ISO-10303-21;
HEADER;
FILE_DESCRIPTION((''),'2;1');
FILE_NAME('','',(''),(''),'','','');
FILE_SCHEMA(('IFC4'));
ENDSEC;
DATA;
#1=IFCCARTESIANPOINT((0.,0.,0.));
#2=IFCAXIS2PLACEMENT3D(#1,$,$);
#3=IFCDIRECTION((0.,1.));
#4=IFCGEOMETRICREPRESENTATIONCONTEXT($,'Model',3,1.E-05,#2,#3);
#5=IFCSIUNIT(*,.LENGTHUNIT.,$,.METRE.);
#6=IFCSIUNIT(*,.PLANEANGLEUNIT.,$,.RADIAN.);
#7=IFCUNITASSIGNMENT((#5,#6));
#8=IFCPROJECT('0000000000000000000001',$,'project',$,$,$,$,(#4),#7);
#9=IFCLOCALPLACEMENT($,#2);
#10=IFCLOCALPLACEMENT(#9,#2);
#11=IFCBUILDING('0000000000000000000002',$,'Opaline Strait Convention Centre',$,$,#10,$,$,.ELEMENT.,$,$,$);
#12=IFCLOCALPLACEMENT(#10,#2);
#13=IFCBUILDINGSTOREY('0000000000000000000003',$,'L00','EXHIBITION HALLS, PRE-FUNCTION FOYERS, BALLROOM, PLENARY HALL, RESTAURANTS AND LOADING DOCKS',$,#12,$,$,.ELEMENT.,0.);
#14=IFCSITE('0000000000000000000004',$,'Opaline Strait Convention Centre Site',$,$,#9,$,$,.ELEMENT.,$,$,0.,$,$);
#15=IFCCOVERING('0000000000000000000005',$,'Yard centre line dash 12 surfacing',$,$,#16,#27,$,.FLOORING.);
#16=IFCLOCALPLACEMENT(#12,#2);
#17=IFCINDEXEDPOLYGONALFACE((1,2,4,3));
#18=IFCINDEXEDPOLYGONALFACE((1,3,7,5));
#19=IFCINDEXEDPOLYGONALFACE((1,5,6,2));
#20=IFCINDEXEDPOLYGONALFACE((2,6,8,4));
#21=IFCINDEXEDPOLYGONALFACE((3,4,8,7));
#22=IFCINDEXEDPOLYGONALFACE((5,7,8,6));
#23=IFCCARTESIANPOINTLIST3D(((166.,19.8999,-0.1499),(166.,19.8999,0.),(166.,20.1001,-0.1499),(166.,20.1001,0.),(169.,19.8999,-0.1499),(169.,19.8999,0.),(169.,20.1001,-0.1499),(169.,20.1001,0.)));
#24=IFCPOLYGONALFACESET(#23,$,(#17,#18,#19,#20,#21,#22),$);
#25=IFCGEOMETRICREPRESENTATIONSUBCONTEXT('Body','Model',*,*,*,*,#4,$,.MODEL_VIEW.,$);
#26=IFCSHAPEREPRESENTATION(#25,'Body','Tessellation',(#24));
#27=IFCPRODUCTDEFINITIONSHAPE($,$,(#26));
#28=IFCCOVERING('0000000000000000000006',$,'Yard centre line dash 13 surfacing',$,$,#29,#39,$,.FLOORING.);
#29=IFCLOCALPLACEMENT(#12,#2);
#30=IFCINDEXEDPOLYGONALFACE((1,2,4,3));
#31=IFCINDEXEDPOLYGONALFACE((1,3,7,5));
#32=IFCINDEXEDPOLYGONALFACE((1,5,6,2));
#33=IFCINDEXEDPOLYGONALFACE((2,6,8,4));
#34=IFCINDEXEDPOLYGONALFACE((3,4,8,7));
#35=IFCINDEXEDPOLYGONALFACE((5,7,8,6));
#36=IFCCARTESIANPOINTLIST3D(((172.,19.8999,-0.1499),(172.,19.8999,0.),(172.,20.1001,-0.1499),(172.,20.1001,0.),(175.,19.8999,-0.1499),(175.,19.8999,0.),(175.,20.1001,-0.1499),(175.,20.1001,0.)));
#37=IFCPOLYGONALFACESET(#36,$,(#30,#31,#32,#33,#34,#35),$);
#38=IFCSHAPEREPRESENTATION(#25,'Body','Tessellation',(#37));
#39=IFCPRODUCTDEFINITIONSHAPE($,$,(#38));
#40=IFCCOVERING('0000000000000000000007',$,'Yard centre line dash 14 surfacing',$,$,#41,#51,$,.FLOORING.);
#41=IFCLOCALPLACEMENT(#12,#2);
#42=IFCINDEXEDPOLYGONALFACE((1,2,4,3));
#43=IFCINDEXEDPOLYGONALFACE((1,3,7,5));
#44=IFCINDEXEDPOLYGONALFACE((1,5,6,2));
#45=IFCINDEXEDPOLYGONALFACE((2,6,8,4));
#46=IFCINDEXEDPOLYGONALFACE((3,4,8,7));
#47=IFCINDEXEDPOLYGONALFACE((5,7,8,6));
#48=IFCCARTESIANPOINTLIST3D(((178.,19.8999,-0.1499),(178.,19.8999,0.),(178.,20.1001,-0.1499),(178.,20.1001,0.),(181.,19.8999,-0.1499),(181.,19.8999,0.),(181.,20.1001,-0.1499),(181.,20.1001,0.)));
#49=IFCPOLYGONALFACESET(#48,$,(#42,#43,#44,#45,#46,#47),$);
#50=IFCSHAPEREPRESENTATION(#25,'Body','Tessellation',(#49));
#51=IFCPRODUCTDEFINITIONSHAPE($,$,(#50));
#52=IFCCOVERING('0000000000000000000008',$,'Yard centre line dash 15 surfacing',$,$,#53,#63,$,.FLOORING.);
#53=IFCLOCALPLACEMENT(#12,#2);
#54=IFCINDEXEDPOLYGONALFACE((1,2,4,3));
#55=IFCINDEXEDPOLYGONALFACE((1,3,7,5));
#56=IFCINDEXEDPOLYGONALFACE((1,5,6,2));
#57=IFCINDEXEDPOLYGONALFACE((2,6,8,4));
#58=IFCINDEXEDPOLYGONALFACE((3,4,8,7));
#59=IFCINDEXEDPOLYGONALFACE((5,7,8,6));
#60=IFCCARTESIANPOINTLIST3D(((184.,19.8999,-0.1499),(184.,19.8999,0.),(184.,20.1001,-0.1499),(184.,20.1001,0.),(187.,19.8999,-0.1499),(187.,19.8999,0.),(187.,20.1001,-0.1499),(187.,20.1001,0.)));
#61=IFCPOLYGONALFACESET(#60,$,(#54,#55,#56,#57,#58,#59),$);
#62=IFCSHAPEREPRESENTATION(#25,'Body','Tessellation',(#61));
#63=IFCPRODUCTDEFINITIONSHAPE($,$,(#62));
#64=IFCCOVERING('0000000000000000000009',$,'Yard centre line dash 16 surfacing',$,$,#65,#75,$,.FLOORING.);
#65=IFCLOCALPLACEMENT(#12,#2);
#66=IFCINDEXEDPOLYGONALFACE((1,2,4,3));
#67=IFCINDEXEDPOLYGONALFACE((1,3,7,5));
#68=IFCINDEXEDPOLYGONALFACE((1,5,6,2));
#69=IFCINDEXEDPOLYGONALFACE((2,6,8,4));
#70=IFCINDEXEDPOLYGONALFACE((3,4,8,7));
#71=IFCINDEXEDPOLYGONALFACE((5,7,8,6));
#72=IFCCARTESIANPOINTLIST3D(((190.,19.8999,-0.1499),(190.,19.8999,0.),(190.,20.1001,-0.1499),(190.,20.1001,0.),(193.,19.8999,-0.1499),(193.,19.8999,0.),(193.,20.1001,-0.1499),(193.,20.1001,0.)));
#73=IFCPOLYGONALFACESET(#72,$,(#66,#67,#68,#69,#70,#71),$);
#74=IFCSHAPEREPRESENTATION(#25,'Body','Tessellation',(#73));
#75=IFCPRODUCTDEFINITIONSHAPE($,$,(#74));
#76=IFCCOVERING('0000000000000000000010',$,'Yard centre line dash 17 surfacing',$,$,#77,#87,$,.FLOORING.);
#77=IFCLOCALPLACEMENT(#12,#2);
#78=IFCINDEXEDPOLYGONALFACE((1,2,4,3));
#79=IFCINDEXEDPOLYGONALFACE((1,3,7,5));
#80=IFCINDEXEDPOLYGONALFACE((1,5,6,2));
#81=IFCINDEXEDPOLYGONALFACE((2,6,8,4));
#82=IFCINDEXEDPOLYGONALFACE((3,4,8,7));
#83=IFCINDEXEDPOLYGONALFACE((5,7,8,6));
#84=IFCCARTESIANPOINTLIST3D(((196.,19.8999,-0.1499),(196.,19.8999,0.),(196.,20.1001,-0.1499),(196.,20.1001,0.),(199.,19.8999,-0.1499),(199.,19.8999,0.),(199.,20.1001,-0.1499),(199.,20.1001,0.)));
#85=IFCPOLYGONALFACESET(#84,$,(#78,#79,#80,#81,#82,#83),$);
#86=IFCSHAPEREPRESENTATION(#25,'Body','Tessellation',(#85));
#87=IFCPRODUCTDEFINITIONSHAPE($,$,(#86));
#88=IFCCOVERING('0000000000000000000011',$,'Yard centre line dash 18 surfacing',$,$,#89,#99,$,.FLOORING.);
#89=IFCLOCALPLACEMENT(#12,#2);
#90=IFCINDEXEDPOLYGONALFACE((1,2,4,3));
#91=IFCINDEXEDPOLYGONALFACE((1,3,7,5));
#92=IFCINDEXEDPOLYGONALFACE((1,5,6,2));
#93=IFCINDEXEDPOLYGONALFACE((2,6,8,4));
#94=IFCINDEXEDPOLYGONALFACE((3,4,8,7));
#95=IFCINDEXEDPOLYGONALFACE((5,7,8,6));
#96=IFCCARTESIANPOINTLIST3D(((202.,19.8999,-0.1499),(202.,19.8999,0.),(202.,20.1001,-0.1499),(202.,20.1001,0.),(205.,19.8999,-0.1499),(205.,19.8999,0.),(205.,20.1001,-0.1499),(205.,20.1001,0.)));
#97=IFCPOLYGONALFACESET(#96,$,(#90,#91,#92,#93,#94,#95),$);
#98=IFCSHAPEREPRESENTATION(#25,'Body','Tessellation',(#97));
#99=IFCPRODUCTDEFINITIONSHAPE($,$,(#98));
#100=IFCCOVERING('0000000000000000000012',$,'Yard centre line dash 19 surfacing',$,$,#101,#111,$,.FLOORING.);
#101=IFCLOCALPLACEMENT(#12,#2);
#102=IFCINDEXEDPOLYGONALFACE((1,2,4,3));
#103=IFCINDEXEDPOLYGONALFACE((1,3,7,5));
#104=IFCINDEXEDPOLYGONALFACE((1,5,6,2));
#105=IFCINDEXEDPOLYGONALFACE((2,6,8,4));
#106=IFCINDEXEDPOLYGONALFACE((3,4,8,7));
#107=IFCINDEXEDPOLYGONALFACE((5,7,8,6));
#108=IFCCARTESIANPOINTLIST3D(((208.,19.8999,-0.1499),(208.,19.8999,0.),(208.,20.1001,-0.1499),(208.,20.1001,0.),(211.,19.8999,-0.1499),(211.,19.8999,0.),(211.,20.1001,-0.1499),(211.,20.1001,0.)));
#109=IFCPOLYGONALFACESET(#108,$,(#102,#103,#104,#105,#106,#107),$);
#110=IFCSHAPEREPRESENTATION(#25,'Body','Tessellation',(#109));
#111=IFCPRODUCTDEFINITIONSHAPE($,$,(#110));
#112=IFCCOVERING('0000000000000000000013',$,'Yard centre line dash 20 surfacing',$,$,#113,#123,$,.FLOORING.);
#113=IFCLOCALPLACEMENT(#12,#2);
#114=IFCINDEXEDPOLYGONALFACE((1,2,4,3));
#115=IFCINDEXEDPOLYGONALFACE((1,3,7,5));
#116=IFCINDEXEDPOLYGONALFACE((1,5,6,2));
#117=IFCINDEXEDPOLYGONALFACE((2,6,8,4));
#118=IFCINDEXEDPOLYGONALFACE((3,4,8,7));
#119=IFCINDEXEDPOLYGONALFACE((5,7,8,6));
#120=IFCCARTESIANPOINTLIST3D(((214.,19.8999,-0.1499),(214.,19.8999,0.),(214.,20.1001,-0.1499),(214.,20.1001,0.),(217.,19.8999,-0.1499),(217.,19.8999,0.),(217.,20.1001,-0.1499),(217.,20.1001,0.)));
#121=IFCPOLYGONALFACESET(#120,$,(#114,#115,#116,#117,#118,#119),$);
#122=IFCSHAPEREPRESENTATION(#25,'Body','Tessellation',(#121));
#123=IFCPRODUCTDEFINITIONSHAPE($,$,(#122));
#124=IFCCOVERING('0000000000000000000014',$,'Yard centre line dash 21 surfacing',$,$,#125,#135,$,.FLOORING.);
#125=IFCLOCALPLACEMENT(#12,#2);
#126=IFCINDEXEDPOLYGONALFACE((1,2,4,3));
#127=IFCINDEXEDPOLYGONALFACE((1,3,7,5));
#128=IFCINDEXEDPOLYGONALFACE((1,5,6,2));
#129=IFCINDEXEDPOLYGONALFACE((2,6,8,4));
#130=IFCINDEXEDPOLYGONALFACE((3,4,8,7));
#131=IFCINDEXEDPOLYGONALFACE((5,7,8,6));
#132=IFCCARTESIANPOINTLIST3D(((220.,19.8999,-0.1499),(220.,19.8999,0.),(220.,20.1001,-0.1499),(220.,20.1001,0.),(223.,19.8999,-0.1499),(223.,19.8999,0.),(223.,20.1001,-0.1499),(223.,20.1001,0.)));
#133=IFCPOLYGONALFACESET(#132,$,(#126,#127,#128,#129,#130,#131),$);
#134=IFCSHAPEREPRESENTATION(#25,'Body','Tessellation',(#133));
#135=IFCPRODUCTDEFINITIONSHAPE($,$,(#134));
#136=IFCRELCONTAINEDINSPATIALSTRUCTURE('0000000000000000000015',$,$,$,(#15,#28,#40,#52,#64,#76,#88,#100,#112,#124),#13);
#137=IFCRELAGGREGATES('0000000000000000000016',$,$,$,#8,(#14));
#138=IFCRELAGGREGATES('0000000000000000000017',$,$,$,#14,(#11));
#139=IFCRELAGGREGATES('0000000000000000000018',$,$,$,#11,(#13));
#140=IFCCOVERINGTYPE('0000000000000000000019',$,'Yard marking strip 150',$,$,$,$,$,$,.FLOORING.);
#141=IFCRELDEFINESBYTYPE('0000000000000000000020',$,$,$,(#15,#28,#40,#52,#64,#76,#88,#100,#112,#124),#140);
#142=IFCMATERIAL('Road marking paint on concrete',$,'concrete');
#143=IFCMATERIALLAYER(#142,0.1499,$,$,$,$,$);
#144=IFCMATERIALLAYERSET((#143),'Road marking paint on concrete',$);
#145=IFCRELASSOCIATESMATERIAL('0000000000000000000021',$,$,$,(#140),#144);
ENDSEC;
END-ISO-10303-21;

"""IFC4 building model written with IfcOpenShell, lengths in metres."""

from ifc_helpers import new_model, si_unit, direction, frame, origin, place, context, subcontext, project, spatial, polyline, outline, extrude, material, layer, layer_set, type_object, element, save


model = new_model("IFC4")

# Units and contexts
model_context = context("Model", 3, precision=1e-05, world=origin(), true_north=direction((0.0, 1.0)))
body_context = subcontext(model_context, "Body", "Model", "MODEL_VIEW")
ifc_project = project(units=[si_unit("LENGTHUNIT", "METRE"), si_unit("PLANEANGLEUNIT", "RADIAN")], contexts=[model_context])

# Site, building, storey
site_placement = place(None, origin())
site = spatial("IfcSite", under=ifc_project, at=site_placement, Name="Opaline Strait Convention Centre Site", CompositionType="ELEMENT", RefElevation=0.0)
building_placement = place(site_placement, origin())
building = spatial("IfcBuilding", under=site, at=building_placement, Name="Opaline Strait Convention Centre", CompositionType="ELEMENT")
storey_placement = place(building_placement, origin())
storey = spatial("IfcBuildingStorey", under=building, at=storey_placement, Name="L00", Description="EXHIBITION HALLS, PRE-FUNCTION FOYERS, BALLROOM, PLENARY HALL, RESTAURANTS AND LOADING DOCKS", CompositionType="ELEMENT", Elevation=0.0)

# Coverings
ifc_material = material(Name="Road marking paint on concrete", Category="concrete")
ifc_layer = layer(ifc_material, 0.1499)
ifc_layer_set = layer_set([ifc_layer], Name="Road marking paint on concrete")
covering_type = type_object("IfcCoveringType", Name="Yard marking strip 150", PredefinedType="FLOORING", material=ifc_layer_set)
covering_1_placement = place(storey_placement, frame((0.0, 0.0, -0.1499)))
element("IfcCovering", 1, at=covering_1_placement, inside=storey, type_object=covering_type, Name="Yard centre line dash 12 surfacing", PredefinedType="FLOORING", context=body_context, shape_type="SweptSolid", body=[
    extrude(outline(polyline([(169.0, 20.1001), (166.0, 20.1001), (166.0, 19.8999), (169.0, 19.8999), (169.0, 20.1001)])), origin(), (0.0, 0.0, 1.0), 0.1499),
])
covering_2_placement = place(storey_placement, frame((0.0, 0.0, -0.1499)))
element("IfcCovering", 2, at=covering_2_placement, inside=storey, type_object=covering_type, Name="Yard centre line dash 13 surfacing", PredefinedType="FLOORING", context=body_context, shape_type="SweptSolid", body=[
    extrude(outline(polyline([(175.0, 20.1001), (172.0, 20.1001), (172.0, 19.8999), (175.0, 19.8999), (175.0, 20.1001)])), origin(), (0.0, 0.0, 1.0), 0.1499),
])
covering_3_placement = place(storey_placement, frame((0.0, 0.0, -0.1499)))
element("IfcCovering", 3, at=covering_3_placement, inside=storey, type_object=covering_type, Name="Yard centre line dash 14 surfacing", PredefinedType="FLOORING", context=body_context, shape_type="SweptSolid", body=[
    extrude(outline(polyline([(181.0, 20.1001), (178.0, 20.1001), (178.0, 19.8999), (181.0, 19.8999), (181.0, 20.1001)])), origin(), (0.0, 0.0, 1.0), 0.1499),
])
covering_4_placement = place(storey_placement, frame((0.0, 0.0, -0.1499)))
element("IfcCovering", 4, at=covering_4_placement, inside=storey, type_object=covering_type, Name="Yard centre line dash 15 surfacing", PredefinedType="FLOORING", context=body_context, shape_type="SweptSolid", body=[
    extrude(outline(polyline([(187.0, 20.1001), (184.0, 20.1001), (184.0, 19.8999), (187.0, 19.8999), (187.0, 20.1001)])), origin(), (0.0, 0.0, 1.0), 0.1499),
])
covering_5_placement = place(storey_placement, frame((0.0, 0.0, -0.1499)))
element("IfcCovering", 5, at=covering_5_placement, inside=storey, type_object=covering_type, Name="Yard centre line dash 16 surfacing", PredefinedType="FLOORING", context=body_context, shape_type="SweptSolid", body=[
    extrude(outline(polyline([(193.0, 20.1001), (190.0, 20.1001), (190.0, 19.8999), (193.0, 19.8999), (193.0, 20.1001)])), origin(), (0.0, 0.0, 1.0), 0.1499),
])
covering_6_placement = place(storey_placement, frame((0.0, 0.0, -0.1499)))
element("IfcCovering", 6, at=covering_6_placement, inside=storey, type_object=covering_type, Name="Yard centre line dash 17 surfacing", PredefinedType="FLOORING", context=body_context, shape_type="SweptSolid", body=[
    extrude(outline(polyline([(199.0, 20.1001), (196.0, 20.1001), (196.0, 19.8999), (199.0, 19.8999), (199.0, 20.1001)])), origin(), (0.0, 0.0, 1.0), 0.1499),
])
covering_7_placement = place(storey_placement, frame((0.0, 0.0, -0.1499)))
element("IfcCovering", 7, at=covering_7_placement, inside=storey, type_object=covering_type, Name="Yard centre line dash 18 surfacing", PredefinedType="FLOORING", context=body_context, shape_type="SweptSolid", body=[
    extrude(outline(polyline([(205.0, 20.1001), (202.0, 20.1001), (202.0, 19.8999), (205.0, 19.8999), (205.0, 20.1001)])), origin(), (0.0, 0.0, 1.0), 0.1499),
])
covering_8_placement = place(storey_placement, frame((0.0, 0.0, -0.1499)))
element("IfcCovering", 8, at=covering_8_placement, inside=storey, type_object=covering_type, Name="Yard centre line dash 19 surfacing", PredefinedType="FLOORING", context=body_context, shape_type="SweptSolid", body=[
    extrude(outline(polyline([(211.0, 20.1001), (208.0, 20.1001), (208.0, 19.8999), (211.0, 19.8999), (211.0, 20.1001)])), origin(), (0.0, 0.0, 1.0), 0.1499),
])
covering_9_placement = place(storey_placement, frame((0.0, 0.0, -0.1499)))
element("IfcCovering", 9, at=covering_9_placement, inside=storey, type_object=covering_type, Name="Yard centre line dash 20 surfacing", PredefinedType="FLOORING", context=body_context, shape_type="SweptSolid", body=[
    extrude(outline(polyline([(217.0, 20.1001), (214.0, 20.1001), (214.0, 19.8999), (217.0, 19.8999), (217.0, 20.1001)])), origin(), (0.0, 0.0, 1.0), 0.1499),
])
covering_10_placement = place(storey_placement, frame((0.0, 0.0, -0.1499)))
element("IfcCovering", 10, at=covering_10_placement, inside=storey, type_object=covering_type, Name="Yard centre line dash 21 surfacing", PredefinedType="FLOORING", context=body_context, shape_type="SweptSolid", body=[
    extrude(outline(polyline([(223.0, 20.1001), (220.0, 20.1001), (220.0, 19.8999), (223.0, 19.8999), (223.0, 20.1001)])), origin(), (0.0, 0.0, 1.0), 0.1499),
])

save(model, "model.ifc")
